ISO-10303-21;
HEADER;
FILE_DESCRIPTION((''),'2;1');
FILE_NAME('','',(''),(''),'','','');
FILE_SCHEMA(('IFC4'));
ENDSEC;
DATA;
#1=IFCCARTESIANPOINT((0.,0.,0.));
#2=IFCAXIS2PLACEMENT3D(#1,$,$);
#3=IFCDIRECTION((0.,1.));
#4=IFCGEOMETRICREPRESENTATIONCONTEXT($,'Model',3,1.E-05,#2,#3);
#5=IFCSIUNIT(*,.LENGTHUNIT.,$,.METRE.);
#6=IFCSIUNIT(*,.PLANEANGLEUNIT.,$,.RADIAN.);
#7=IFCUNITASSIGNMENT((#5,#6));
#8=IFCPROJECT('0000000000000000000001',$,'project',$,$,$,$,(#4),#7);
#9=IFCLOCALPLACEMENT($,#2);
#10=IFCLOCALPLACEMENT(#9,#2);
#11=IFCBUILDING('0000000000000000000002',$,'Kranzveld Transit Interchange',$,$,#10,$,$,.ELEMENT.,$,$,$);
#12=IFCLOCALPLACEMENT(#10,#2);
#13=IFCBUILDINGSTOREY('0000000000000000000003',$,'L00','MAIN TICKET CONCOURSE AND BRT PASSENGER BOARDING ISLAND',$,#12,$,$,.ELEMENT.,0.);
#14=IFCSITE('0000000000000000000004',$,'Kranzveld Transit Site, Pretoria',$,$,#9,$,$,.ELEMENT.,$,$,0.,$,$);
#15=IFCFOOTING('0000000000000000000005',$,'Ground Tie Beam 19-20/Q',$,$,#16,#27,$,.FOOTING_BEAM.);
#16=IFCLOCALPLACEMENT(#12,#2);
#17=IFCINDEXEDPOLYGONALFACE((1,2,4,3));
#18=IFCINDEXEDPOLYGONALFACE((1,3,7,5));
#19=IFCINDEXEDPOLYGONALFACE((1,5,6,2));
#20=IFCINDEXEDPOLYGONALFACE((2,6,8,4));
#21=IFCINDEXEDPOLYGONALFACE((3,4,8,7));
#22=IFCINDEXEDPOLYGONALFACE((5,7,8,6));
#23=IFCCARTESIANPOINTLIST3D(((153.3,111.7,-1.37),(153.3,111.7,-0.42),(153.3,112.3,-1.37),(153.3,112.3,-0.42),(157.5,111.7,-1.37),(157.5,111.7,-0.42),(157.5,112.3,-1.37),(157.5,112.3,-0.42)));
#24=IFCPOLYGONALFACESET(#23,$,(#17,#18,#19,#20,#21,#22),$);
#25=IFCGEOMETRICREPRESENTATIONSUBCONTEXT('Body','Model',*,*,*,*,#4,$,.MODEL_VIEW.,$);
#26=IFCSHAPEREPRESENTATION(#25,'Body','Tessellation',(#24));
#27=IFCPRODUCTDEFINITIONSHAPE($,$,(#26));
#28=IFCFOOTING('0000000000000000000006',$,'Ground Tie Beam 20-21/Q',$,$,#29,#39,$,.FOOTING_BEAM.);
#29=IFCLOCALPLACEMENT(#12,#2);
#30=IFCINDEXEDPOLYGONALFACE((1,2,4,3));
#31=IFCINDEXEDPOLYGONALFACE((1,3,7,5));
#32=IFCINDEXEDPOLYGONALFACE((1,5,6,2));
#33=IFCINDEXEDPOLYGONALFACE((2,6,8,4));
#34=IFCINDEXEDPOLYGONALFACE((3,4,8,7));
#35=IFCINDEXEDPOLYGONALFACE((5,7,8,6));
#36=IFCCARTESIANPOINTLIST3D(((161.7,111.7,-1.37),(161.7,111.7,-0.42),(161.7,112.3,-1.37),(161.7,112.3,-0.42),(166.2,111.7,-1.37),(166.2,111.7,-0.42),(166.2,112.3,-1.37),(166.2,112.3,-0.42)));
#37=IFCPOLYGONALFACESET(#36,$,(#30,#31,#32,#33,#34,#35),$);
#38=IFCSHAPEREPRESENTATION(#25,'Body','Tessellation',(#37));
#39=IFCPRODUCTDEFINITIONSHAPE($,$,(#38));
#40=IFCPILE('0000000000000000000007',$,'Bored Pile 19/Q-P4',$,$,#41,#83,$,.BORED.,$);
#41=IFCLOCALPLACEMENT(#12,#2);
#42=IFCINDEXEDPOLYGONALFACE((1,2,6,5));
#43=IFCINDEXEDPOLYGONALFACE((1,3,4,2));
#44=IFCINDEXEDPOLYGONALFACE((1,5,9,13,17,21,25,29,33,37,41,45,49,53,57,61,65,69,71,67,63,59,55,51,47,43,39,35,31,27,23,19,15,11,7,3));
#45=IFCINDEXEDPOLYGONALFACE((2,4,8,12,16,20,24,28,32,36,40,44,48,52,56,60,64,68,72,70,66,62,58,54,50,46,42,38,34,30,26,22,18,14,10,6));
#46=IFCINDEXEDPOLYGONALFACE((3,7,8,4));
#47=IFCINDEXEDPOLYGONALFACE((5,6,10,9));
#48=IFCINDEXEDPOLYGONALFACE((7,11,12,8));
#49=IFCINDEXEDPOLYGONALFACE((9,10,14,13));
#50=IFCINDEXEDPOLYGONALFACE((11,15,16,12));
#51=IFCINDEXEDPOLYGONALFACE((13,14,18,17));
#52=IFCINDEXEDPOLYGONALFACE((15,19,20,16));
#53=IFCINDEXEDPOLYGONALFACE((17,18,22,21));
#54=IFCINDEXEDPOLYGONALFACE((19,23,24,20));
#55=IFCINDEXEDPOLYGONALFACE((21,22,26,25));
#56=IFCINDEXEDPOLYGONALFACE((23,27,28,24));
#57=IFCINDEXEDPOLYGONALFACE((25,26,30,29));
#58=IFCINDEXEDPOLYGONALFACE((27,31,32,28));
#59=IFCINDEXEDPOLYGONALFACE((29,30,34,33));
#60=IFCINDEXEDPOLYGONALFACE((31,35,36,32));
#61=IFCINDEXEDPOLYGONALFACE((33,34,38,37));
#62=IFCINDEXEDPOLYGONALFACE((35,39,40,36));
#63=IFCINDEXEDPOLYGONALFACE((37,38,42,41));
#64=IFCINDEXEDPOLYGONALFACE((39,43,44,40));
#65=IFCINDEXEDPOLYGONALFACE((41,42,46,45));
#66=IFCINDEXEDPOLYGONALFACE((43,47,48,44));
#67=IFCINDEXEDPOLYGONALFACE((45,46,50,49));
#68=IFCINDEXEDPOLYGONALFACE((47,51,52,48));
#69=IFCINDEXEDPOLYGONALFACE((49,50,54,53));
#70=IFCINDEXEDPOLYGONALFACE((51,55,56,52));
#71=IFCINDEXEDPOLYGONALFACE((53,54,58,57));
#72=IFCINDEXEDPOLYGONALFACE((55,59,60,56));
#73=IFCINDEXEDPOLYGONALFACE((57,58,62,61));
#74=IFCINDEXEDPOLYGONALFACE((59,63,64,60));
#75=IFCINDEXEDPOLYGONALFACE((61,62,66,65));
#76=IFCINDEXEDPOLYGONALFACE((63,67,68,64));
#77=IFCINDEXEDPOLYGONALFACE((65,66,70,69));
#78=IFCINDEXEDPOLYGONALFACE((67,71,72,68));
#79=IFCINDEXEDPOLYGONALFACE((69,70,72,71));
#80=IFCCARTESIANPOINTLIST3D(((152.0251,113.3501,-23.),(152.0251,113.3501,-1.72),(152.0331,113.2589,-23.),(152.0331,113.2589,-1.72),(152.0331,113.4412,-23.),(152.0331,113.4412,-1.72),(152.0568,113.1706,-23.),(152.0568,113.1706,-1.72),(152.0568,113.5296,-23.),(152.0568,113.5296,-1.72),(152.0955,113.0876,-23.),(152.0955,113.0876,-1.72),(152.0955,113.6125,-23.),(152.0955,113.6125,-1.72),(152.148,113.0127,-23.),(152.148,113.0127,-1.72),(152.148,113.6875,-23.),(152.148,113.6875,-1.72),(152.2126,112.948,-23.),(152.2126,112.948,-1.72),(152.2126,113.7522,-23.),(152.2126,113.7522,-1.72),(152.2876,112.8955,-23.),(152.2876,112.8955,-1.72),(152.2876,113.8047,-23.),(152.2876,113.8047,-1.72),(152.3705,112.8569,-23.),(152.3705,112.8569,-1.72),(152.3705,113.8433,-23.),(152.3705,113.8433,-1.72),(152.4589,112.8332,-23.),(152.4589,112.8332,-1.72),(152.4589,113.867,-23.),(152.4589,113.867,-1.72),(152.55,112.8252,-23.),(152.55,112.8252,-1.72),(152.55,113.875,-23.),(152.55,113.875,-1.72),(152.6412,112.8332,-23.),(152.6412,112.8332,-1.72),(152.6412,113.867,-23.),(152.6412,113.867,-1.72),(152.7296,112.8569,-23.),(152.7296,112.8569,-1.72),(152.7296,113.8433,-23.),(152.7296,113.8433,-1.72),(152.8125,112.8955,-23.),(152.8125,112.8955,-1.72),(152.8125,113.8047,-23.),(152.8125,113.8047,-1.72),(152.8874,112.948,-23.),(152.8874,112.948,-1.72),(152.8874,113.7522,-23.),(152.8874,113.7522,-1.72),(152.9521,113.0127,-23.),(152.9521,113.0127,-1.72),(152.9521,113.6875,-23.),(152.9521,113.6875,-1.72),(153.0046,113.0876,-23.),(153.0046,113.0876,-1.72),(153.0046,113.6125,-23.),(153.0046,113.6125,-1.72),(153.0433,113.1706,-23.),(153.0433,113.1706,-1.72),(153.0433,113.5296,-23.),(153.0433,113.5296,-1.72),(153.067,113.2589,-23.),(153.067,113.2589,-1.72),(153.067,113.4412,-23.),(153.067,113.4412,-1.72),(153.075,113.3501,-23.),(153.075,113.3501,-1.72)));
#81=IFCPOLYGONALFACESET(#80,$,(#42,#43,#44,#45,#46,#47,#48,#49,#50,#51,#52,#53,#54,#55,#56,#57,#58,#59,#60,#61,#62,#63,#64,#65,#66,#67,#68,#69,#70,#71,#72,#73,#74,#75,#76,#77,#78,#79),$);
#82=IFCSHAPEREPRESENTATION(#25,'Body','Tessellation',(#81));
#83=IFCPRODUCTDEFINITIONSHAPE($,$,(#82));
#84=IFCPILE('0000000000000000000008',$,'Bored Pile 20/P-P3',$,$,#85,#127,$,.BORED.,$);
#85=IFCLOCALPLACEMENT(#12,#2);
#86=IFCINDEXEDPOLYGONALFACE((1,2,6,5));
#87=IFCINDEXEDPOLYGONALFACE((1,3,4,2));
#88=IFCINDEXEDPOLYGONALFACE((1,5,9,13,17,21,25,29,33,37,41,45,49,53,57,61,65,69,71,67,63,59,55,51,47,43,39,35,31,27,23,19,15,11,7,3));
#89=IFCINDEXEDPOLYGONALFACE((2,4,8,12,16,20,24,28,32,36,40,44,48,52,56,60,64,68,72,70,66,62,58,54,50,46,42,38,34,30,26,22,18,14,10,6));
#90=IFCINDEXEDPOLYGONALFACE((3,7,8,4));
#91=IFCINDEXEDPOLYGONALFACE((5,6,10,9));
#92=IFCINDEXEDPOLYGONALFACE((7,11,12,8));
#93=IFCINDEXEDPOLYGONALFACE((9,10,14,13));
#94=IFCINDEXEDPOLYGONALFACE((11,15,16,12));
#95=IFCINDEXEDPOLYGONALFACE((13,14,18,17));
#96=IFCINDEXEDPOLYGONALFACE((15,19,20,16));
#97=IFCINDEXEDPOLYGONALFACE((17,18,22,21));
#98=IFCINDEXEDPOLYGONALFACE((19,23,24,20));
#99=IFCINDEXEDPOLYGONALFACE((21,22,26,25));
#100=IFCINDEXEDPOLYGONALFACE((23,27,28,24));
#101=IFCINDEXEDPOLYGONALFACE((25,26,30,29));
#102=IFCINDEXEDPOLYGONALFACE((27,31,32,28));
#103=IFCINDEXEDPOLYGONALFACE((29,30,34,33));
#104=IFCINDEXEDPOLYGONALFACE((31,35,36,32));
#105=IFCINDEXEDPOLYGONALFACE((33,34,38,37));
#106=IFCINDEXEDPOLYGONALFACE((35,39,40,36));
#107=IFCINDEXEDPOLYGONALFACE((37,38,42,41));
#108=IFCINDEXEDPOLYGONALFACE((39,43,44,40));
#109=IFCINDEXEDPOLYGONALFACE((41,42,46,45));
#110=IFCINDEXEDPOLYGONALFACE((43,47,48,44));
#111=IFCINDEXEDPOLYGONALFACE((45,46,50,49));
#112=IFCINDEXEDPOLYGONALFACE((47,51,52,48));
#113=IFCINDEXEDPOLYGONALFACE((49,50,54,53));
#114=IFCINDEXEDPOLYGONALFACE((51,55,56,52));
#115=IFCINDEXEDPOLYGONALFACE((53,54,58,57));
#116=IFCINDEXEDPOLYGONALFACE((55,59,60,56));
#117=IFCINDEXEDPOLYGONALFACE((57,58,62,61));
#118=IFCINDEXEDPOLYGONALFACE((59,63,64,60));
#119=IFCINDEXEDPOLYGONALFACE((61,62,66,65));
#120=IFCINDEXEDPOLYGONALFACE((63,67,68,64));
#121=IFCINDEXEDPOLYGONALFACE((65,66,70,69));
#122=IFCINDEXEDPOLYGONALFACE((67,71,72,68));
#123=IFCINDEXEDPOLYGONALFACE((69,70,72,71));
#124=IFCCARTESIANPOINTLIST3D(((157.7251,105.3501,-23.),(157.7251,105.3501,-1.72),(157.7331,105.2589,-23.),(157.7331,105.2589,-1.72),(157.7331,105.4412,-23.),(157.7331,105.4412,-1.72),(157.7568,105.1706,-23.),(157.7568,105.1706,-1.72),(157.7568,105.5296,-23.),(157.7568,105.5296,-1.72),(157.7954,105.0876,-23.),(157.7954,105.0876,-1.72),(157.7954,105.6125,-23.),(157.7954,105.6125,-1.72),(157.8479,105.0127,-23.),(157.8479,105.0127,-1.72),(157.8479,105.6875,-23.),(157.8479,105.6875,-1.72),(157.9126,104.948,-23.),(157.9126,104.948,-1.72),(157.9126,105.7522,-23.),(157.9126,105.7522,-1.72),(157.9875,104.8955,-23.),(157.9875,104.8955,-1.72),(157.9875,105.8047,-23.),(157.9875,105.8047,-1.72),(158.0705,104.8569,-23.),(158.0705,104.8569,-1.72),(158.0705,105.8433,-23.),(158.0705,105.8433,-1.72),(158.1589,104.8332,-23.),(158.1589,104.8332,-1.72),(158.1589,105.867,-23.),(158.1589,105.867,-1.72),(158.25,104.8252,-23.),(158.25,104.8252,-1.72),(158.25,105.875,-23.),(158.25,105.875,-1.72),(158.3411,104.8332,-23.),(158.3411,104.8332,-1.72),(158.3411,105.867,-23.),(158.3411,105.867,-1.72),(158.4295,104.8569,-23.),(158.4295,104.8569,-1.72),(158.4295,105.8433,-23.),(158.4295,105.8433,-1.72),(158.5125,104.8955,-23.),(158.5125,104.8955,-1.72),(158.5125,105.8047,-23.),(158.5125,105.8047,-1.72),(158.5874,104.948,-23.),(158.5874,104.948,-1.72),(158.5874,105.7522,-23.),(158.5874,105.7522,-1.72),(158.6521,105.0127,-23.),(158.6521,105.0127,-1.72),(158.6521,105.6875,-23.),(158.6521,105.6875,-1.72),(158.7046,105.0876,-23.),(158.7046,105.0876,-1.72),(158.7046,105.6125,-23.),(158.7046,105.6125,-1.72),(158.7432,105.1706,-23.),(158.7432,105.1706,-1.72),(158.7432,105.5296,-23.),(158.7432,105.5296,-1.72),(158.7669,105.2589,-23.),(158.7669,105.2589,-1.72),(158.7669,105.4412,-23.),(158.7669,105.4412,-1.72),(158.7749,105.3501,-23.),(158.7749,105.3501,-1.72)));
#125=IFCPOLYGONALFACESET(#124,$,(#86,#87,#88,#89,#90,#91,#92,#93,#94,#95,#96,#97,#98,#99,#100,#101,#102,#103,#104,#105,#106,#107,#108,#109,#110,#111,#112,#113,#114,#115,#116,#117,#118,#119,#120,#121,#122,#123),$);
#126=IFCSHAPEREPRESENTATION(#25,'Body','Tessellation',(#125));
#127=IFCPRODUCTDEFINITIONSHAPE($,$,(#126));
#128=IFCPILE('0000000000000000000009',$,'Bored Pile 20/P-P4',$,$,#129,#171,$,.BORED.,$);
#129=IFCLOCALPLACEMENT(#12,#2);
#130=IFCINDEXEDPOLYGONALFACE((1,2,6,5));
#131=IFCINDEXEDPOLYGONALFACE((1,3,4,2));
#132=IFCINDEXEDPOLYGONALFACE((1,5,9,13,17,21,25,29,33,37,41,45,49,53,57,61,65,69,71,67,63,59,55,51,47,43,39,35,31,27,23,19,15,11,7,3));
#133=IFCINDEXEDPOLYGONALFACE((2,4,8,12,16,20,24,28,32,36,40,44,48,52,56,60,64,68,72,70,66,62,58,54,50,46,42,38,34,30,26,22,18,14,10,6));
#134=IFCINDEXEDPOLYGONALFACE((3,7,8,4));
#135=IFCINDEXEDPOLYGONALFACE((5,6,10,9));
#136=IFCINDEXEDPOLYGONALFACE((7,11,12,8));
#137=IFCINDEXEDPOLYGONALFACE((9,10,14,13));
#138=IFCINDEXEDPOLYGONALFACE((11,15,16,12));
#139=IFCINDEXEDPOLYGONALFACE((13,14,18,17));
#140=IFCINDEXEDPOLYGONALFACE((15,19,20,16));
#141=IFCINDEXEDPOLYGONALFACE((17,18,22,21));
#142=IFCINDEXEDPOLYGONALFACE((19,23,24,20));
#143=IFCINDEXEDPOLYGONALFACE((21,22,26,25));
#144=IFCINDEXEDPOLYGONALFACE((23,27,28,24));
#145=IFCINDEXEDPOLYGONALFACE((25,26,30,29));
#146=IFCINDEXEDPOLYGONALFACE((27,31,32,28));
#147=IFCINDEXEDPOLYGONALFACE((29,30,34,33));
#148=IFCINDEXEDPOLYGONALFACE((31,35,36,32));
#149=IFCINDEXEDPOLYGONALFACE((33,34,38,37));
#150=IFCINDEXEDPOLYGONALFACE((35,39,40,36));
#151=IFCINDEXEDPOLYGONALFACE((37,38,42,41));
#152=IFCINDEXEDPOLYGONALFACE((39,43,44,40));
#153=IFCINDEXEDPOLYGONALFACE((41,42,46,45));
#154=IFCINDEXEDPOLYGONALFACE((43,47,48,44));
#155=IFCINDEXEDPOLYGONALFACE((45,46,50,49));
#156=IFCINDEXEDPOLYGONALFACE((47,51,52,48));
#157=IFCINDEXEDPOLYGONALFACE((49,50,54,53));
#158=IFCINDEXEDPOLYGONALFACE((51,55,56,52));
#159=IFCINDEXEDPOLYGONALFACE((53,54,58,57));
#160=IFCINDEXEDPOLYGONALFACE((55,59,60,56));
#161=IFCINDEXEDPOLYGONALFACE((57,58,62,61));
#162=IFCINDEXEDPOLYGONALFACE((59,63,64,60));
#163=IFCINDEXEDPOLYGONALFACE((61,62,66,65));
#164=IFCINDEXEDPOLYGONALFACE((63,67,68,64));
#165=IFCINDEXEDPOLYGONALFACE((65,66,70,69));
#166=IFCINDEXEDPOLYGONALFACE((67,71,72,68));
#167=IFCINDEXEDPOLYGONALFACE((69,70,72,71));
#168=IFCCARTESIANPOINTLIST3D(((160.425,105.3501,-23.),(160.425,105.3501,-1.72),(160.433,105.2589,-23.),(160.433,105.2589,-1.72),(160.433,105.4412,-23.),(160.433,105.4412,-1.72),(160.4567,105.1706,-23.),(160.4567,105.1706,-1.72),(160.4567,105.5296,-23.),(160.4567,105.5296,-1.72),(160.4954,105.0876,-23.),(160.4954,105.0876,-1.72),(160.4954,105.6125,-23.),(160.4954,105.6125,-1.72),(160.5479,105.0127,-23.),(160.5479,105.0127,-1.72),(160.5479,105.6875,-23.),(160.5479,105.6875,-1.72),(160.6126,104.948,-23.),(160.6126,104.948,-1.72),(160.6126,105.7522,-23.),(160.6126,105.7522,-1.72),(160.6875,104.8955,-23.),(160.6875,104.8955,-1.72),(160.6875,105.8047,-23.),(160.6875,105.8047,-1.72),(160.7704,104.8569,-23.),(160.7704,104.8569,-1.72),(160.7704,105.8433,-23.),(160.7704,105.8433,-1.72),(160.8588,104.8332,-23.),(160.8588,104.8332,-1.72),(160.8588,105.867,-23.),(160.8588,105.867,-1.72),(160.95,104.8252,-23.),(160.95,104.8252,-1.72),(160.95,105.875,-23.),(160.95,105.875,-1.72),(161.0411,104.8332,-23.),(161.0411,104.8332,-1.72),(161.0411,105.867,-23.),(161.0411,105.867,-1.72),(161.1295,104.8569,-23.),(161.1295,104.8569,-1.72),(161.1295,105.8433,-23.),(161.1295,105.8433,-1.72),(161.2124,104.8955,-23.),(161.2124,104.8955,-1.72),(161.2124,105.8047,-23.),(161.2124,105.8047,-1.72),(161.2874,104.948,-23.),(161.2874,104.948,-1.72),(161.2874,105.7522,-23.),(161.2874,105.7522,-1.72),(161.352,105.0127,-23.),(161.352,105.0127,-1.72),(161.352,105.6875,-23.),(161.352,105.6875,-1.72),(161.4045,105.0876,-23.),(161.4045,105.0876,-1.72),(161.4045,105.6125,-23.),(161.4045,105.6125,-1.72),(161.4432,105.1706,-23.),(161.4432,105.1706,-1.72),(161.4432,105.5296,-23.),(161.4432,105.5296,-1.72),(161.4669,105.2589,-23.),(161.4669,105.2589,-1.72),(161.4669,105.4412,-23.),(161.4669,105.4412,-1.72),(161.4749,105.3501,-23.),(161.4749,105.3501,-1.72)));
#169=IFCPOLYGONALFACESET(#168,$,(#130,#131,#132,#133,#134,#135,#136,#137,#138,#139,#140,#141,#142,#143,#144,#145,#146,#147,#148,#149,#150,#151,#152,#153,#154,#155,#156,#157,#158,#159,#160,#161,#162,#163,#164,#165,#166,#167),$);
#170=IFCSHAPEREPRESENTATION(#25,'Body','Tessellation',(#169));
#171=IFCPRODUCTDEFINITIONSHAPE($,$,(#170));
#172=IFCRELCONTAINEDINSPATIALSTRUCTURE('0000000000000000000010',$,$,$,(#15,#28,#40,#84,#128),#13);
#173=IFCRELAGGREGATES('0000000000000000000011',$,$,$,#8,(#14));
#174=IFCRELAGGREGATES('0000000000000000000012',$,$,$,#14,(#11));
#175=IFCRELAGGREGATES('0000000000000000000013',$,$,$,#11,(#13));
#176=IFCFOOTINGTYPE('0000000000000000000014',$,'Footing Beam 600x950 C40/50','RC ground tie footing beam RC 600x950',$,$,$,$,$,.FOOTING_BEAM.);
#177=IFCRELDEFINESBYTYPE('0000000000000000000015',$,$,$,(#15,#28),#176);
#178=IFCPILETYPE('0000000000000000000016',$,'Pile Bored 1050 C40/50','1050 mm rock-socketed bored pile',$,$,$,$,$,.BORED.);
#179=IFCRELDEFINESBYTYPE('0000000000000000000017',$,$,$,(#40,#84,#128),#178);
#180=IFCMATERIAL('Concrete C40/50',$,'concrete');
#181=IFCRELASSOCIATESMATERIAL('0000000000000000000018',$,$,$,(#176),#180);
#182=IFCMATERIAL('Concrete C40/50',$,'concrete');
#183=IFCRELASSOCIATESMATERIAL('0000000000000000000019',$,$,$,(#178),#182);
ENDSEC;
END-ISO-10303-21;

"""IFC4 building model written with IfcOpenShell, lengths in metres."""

from ifc_helpers import new_model, si_unit, direction, frame, origin, origin_2d, place, context, subcontext, project, spatial, rectangle, circle, extrude, material, material_profile, profile_set, type_object, element, save


model = new_model("IFC4")

# Units and contexts
model_context = context("Model", 3, precision=1e-05, world=origin(), true_north=direction((0.0, 1.0)))
body_context = subcontext(model_context, "Body", "Model", "MODEL_VIEW")
ifc_project = project(units=[si_unit("LENGTHUNIT", "METRE"), si_unit("PLANEANGLEUNIT", "RADIAN")], contexts=[model_context])

# Site, building, storey
site_placement = place(None, origin())
site = spatial("IfcSite", under=ifc_project, at=site_placement, Name="Kranzveld Transit Site, Pretoria", CompositionType="ELEMENT", RefElevation=0.0)
building_placement = place(site_placement, origin())
building = spatial("IfcBuilding", under=site, at=building_placement, Name="Kranzveld Transit Interchange", CompositionType="ELEMENT")
storey_placement = place(building_placement, origin())
storey = spatial("IfcBuildingStorey", under=building, at=storey_placement, Name="L00", Description="MAIN TICKET CONCOURSE AND BRT PASSENGER BOARDING ISLAND", CompositionType="ELEMENT", Elevation=0.0)

# Footings
ifc_material_1 = material(Name="Concrete C40/50", Category="concrete")
ifc_material_profile_1 = material_profile(ifc_material_1, rectangle(XDim=0.6001, YDim=0.95, at=origin_2d()), Name="RC 600x950")
ifc_profile_set_1 = profile_set([ifc_material_profile_1], Name="Concrete C40/50")
footing_type_1 = type_object("IfcFootingType", Name="Footing Beam 600x950 C40/50", Description="RC ground tie footing beam RC 600x950", PredefinedType="FOOTING_BEAM", material=ifc_profile_set_1)
footing_1_placement = place(storey_placement, frame((153.3, 112.0, -0.895), z_axis=(1.0, 0.0, 0.0), x_axis=(0.0, 1.0, 0.0)))
element("IfcFooting", 1, at=footing_1_placement, inside=storey, type_object=footing_type_1, Name="Ground Tie Beam 19-20/Q", PredefinedType="FOOTING_BEAM", context=body_context, shape_type="SweptSolid", body=[
    extrude(rectangle(XDim=0.6001, YDim=0.95, at=origin_2d()), origin(), (0.0, 0.0, 1.0), 4.2),
])
footing_2_placement = place(storey_placement, frame((161.7, 112.0, -0.895), z_axis=(1.0, 0.0, 0.0), x_axis=(0.0, 1.0, 0.0)))
element("IfcFooting", 2, at=footing_2_placement, inside=storey, type_object=footing_type_1, Name="Ground Tie Beam 20-21/Q", PredefinedType="FOOTING_BEAM", context=body_context, shape_type="SweptSolid", body=[
    extrude(rectangle(XDim=0.6001, YDim=0.95, at=origin_2d()), origin(), (0.0, 0.0, 1.0), 4.5),
])

# Piles
ifc_material_2 = material(Name="Concrete C40/50", Category="concrete")
ifc_material_profile_2 = material_profile(ifc_material_2, circle(Radius=0.5249, at=origin_2d()), Name="BORED PILE 1050")
ifc_profile_set_2 = profile_set([ifc_material_profile_2], Name="Concrete C40/50")
pile_type_1 = type_object("IfcPileType", Name="Pile Bored 1050 C40/50", Description="1050 mm rock-socketed bored pile", PredefinedType="BORED", material=ifc_profile_set_2)
for number, where, z_axis, x_axis, name in (
    (3, (152.55, 113.3501, -1.72), (0.0, 0.0, -1.0), (1.0, 0.0, 0.0), "Bored Pile 19/Q-P4"),
    (4, (158.25, 105.3501, -1.72), (0.0, 0.0, -1.0), (1.0, 0.0, 0.0), "Bored Pile 20/P-P3"),
    (5, (160.95, 105.3501, -1.72), (0.0, 0.0, -1.0), (1.0, 0.0, 0.0), "Bored Pile 20/P-P4"),
):
    element("IfcPile", number, at=place(storey_placement, frame(where, z_axis=z_axis, x_axis=x_axis)), inside=storey, type_object=pile_type_1, Name=name, PredefinedType="BORED", context=body_context, shape_type="SweptSolid", body=[
        extrude(circle(Radius=0.5249, at=origin_2d()), origin(), (0.0, 0.0, 1.0), 21.28),
    ])

save(model, "model.ifc")
